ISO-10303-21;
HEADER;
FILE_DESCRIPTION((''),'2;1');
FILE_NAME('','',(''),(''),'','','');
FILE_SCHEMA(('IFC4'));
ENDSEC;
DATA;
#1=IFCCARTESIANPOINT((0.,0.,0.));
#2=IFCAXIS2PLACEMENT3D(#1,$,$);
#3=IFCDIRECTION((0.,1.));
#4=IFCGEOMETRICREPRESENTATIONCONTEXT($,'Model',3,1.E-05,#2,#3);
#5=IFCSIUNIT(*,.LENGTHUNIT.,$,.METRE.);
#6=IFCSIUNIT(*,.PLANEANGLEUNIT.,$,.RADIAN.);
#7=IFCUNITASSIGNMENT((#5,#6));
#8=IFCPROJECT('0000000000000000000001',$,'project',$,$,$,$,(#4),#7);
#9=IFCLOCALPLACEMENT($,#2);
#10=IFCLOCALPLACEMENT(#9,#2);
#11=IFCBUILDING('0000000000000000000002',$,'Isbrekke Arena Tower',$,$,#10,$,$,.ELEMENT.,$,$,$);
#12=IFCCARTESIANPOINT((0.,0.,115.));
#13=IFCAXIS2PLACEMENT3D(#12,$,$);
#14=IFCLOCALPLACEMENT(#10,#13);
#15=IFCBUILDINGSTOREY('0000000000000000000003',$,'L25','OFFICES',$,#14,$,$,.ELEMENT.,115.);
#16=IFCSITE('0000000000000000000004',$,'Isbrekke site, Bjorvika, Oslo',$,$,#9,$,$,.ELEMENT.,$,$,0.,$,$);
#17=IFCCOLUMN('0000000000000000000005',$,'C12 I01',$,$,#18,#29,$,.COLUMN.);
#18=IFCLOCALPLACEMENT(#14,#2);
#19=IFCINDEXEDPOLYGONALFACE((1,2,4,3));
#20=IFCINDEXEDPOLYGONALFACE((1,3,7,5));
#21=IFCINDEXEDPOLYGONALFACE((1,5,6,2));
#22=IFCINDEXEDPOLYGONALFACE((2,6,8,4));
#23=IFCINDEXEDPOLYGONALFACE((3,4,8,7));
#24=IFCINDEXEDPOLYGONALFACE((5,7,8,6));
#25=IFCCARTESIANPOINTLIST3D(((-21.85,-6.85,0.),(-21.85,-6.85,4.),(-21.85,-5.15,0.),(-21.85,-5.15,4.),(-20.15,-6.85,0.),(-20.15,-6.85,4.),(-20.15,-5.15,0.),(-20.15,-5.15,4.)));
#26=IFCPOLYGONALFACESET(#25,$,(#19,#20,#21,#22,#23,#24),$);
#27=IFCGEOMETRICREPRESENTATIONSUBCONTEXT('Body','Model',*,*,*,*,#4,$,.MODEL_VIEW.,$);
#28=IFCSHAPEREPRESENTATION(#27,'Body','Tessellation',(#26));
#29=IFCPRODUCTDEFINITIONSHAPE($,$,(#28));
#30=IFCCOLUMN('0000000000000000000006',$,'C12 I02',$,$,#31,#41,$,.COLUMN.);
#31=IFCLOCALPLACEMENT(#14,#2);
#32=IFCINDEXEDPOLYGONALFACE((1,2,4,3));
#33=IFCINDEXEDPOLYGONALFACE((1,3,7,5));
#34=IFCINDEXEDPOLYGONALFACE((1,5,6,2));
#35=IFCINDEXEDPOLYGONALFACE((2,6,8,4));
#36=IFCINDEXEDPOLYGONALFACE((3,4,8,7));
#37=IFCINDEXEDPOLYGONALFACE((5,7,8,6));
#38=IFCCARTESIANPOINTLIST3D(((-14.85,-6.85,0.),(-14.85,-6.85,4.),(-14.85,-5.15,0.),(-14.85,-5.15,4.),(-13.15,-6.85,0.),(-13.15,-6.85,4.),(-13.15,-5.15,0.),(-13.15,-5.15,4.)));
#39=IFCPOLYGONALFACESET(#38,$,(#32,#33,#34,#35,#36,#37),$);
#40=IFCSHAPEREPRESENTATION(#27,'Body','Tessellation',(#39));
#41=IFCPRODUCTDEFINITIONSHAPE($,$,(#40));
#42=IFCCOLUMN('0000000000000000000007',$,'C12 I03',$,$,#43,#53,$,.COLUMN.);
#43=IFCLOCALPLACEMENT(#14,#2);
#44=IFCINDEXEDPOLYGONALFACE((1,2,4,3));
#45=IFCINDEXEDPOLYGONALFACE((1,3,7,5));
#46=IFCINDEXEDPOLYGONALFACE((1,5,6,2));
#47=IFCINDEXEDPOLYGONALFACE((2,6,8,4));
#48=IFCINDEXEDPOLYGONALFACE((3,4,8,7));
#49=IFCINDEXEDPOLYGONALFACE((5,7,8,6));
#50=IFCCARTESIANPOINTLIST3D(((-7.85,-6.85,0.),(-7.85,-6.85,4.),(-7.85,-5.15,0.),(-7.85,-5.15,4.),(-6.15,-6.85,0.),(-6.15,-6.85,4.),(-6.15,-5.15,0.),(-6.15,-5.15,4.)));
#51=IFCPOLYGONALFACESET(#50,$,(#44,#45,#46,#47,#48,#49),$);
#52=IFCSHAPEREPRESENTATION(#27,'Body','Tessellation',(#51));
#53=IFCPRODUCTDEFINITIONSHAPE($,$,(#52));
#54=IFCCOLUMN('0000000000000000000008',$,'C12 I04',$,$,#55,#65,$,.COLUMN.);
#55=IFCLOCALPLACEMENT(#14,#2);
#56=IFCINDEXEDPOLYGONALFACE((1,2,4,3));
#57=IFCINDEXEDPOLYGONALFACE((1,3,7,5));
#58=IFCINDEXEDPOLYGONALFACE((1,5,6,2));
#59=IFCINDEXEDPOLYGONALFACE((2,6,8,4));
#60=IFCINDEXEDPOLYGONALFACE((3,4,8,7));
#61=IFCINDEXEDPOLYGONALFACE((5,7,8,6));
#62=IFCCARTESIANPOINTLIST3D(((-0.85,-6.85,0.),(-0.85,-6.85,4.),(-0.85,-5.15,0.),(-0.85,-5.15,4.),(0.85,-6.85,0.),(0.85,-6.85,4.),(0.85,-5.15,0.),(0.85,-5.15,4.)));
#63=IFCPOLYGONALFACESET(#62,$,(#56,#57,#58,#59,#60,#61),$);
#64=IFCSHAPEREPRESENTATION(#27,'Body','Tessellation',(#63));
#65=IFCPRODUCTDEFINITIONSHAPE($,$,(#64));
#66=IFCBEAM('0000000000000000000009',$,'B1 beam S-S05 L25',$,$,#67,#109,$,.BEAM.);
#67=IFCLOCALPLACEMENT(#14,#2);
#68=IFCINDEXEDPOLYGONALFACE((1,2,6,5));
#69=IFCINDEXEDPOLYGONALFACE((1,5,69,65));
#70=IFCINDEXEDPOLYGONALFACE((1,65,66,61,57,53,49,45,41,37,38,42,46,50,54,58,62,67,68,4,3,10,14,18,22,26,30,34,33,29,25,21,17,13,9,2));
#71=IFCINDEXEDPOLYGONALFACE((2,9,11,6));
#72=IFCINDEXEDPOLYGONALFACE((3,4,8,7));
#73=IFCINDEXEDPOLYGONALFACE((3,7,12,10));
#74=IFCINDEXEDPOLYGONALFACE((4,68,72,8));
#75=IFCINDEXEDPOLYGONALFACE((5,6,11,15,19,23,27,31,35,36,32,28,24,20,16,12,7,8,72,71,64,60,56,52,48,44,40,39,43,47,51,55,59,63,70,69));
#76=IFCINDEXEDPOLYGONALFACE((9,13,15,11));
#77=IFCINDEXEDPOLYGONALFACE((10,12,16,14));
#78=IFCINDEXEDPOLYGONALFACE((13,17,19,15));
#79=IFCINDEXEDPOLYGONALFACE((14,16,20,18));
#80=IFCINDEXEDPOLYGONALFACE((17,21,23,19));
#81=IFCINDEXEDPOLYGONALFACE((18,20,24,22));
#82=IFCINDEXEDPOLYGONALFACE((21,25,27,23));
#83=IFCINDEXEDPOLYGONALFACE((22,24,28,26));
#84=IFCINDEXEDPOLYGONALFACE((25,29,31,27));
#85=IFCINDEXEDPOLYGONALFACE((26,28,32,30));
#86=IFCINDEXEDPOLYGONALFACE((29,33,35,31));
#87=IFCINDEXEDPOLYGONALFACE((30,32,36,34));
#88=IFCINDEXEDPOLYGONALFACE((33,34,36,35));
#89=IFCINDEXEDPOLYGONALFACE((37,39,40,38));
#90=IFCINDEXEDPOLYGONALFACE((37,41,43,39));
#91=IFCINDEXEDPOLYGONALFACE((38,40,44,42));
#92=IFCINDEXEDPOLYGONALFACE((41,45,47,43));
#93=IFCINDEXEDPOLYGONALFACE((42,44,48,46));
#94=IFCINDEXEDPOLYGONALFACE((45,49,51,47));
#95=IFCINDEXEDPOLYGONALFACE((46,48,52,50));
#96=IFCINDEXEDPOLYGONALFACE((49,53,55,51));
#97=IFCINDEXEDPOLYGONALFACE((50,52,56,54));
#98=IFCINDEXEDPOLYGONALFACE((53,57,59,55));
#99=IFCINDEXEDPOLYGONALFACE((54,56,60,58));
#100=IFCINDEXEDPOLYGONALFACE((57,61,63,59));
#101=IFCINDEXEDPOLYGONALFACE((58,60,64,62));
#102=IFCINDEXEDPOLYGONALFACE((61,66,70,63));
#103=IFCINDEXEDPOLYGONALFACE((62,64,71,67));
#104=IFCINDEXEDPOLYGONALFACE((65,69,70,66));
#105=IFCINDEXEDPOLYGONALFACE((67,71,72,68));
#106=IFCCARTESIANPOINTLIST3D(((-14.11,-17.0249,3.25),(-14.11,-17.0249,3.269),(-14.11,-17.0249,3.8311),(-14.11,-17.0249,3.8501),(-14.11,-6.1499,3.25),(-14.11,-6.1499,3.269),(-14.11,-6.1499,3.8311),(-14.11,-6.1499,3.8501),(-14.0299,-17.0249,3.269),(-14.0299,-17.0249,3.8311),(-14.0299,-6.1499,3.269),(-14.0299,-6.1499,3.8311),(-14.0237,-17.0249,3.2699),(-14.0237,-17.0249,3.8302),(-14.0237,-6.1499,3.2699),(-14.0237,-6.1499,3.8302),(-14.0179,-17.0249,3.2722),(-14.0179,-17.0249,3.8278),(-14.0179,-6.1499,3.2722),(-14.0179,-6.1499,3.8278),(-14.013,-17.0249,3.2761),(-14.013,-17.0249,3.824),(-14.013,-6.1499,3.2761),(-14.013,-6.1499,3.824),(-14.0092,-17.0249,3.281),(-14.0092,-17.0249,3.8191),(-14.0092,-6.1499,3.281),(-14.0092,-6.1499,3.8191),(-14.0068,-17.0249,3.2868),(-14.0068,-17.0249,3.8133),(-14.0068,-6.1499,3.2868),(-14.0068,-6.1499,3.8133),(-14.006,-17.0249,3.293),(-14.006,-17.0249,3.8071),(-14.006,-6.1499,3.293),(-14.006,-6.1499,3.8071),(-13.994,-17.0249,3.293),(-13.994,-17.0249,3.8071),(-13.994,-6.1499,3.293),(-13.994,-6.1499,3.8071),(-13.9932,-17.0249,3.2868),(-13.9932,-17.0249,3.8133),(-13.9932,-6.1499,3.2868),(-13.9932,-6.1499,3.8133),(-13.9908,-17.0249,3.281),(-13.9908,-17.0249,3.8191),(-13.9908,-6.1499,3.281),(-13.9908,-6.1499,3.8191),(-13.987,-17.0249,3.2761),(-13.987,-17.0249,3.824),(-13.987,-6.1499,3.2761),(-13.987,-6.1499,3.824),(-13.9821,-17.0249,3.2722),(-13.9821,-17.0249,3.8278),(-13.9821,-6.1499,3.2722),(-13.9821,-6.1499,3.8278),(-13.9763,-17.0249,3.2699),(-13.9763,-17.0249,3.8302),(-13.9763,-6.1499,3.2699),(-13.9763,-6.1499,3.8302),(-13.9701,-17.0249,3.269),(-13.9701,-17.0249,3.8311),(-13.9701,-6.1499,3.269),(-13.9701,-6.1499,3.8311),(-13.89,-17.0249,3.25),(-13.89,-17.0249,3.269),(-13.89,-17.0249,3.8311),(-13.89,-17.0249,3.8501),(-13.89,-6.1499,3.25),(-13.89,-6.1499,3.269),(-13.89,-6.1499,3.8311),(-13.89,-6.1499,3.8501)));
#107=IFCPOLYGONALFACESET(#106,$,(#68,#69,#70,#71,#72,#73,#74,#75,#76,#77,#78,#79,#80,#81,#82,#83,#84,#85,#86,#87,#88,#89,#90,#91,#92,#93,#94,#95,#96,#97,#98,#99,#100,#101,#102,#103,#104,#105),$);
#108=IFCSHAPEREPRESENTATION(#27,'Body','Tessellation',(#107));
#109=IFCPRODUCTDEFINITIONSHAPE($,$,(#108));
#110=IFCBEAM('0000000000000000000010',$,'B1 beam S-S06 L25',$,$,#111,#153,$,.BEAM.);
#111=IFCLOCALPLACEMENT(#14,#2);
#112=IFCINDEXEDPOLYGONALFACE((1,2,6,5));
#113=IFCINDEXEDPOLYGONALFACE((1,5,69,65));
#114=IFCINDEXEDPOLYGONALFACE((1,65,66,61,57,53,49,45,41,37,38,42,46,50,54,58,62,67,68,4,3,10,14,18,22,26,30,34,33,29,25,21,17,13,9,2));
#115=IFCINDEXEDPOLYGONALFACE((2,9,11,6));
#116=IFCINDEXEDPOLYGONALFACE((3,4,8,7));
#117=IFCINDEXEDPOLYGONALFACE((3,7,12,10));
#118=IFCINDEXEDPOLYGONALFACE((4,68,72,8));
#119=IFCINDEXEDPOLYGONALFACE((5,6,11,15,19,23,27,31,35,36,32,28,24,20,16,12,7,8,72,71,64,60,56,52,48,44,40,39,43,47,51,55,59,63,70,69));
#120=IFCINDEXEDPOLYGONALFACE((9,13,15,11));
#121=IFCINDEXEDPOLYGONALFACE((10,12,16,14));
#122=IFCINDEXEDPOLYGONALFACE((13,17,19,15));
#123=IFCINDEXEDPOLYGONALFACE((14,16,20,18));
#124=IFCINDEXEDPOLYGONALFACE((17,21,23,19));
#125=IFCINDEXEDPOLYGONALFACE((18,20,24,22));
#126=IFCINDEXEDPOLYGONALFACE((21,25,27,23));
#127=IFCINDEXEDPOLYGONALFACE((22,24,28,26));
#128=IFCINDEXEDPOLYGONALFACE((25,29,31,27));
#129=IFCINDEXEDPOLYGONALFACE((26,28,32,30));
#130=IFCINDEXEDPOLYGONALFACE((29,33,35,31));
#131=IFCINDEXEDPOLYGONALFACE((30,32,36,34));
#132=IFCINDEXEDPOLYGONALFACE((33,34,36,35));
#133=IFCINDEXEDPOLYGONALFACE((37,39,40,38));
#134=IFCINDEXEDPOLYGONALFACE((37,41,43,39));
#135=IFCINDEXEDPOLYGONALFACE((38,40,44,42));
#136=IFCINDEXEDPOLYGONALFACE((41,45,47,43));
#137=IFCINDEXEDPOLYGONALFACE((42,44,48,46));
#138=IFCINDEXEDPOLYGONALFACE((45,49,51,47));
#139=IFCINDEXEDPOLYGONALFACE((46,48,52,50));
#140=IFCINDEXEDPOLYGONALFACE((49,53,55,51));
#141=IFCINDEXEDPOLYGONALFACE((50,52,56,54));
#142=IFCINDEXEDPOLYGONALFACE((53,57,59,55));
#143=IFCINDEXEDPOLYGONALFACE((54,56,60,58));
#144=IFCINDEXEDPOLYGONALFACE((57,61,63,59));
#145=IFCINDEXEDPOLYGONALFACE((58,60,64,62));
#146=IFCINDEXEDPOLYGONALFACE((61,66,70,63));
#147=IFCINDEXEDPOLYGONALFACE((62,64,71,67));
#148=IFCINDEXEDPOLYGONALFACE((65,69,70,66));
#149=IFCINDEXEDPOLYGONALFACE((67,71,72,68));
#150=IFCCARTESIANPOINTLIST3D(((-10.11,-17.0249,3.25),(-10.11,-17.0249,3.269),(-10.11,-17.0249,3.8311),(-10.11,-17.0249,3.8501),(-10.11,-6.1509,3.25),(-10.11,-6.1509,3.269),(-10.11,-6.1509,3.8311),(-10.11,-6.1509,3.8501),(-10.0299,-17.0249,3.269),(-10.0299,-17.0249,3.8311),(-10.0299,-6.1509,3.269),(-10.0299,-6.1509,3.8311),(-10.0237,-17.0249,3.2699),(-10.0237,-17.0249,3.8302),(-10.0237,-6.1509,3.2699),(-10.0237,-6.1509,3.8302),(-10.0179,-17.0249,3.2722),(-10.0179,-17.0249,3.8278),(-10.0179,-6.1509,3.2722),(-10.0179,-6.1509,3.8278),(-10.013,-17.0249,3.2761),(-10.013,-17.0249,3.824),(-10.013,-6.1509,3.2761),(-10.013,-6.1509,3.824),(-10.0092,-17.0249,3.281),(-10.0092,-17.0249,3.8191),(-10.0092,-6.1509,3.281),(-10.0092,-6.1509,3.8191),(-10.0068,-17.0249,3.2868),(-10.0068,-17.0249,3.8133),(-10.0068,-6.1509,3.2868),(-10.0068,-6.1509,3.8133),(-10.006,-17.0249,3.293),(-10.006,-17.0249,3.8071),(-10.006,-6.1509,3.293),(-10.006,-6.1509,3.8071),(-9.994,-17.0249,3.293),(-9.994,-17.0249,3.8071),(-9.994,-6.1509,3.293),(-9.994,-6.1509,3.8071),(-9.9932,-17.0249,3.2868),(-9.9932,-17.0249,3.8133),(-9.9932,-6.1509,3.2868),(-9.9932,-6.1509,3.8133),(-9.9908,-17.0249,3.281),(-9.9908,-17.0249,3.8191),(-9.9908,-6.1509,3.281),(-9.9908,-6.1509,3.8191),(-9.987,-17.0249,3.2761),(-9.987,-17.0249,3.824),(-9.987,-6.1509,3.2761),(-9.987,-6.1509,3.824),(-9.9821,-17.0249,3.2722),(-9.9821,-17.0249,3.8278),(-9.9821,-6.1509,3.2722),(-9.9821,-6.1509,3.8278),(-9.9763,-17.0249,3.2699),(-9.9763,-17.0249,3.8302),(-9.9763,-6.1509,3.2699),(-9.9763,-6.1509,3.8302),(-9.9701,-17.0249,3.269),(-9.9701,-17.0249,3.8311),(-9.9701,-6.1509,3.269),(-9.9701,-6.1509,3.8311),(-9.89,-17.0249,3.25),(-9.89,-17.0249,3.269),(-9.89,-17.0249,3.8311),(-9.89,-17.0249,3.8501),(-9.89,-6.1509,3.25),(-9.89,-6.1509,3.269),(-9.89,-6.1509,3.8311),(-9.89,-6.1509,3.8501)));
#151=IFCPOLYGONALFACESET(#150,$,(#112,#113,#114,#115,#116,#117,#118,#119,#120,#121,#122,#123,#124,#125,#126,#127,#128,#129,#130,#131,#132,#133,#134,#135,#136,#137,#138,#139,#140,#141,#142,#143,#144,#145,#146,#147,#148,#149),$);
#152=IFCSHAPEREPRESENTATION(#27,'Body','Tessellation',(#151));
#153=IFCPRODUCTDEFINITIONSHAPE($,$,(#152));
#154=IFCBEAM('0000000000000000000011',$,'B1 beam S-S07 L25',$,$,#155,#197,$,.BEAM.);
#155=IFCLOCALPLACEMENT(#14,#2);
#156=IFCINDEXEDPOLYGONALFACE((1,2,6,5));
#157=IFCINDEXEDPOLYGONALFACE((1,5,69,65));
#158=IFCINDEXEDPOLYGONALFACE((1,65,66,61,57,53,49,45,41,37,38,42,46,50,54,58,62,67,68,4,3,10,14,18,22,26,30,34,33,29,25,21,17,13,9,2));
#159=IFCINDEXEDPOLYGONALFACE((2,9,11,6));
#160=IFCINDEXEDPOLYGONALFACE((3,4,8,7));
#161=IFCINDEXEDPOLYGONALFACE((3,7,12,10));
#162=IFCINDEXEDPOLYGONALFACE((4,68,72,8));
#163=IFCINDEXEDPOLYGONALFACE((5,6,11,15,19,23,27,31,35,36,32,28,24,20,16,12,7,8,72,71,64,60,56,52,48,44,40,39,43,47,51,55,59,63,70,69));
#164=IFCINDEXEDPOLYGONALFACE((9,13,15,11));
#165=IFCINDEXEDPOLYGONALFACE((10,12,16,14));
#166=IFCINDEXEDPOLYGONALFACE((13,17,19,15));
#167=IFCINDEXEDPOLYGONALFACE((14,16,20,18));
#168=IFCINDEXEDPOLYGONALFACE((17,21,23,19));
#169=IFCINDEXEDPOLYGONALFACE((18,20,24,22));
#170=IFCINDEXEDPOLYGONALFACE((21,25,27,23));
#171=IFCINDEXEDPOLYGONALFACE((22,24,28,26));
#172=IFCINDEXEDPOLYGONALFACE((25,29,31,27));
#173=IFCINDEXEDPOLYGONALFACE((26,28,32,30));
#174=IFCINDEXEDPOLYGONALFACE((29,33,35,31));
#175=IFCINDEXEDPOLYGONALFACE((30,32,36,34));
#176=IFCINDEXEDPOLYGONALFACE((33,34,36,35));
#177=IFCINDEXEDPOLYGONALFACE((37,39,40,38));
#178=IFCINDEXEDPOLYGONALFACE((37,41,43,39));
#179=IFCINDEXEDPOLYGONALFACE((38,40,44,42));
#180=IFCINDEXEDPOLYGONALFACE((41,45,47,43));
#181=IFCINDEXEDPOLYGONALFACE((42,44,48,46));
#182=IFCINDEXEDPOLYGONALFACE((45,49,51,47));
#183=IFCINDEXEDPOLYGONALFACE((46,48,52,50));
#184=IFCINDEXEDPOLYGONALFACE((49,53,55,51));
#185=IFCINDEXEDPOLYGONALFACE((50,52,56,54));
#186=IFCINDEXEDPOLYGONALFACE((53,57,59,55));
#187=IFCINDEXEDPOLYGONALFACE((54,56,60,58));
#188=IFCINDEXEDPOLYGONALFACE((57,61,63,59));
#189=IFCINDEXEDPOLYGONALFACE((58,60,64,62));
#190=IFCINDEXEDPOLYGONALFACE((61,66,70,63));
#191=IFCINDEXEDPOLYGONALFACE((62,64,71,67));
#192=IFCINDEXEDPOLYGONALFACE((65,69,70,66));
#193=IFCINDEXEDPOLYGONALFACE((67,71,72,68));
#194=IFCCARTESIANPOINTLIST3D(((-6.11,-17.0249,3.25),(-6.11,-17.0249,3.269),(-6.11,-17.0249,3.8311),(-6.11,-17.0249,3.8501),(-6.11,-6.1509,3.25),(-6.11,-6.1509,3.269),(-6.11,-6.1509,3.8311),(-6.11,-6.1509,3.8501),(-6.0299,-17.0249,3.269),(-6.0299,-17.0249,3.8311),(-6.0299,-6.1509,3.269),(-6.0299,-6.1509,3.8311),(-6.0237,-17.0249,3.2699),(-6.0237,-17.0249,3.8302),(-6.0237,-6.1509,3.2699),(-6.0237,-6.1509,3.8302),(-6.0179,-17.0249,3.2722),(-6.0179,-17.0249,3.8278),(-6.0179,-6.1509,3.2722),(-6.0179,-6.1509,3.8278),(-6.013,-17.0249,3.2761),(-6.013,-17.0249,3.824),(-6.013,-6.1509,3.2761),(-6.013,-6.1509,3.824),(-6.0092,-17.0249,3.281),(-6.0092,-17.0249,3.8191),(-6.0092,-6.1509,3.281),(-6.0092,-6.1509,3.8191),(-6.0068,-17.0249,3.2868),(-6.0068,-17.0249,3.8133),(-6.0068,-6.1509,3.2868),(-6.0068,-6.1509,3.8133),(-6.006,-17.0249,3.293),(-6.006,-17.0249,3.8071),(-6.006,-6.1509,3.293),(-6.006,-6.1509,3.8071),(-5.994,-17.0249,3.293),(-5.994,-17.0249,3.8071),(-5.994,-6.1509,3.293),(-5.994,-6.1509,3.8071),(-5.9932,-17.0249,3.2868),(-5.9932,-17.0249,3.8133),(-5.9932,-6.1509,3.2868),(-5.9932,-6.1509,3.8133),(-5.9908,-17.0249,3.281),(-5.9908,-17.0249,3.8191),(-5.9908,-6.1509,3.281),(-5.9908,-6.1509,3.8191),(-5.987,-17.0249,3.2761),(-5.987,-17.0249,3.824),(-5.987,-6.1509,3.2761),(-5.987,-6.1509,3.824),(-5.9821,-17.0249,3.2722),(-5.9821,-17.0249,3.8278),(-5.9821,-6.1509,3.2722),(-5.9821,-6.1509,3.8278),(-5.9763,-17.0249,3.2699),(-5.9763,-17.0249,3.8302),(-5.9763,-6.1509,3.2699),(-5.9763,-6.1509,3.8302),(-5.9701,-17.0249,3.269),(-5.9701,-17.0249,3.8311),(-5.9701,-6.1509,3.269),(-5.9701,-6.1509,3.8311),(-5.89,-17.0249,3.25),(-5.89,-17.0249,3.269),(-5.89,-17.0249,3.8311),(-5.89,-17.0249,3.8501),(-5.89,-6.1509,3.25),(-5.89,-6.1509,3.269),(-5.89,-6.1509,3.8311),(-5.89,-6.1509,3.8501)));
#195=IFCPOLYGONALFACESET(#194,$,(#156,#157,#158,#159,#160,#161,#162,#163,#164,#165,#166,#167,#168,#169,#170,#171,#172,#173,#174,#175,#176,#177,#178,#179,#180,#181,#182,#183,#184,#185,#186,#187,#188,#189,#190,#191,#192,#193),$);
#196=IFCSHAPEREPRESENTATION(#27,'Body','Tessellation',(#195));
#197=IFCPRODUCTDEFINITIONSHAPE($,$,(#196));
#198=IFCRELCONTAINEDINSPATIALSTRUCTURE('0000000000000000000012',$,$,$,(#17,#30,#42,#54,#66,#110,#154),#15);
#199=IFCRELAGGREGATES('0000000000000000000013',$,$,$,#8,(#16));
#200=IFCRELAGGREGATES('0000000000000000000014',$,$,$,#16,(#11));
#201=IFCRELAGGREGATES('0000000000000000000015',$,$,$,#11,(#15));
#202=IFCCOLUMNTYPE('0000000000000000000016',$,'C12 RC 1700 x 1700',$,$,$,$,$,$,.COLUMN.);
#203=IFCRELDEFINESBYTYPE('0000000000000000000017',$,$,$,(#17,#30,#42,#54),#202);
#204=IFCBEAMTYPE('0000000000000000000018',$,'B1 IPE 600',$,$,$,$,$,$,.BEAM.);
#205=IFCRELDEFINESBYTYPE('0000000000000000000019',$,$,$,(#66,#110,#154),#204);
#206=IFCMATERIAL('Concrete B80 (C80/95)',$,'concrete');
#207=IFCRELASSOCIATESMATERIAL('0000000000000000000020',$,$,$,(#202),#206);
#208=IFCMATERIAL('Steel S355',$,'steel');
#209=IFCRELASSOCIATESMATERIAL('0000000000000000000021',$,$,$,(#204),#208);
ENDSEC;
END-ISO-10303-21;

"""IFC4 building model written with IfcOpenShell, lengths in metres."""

from ifc_helpers import new_model, si_unit, direction, frame, origin, origin_2d, place, context, subcontext, project, spatial, rectangle, i_section, extrude, material, material_profile, profile_set, type_object, element, save


model = new_model("IFC4")

# Units and contexts
model_context = context("Model", 3, precision=1e-05, world=origin(), true_north=direction((0.0, 1.0)))
body_context = subcontext(model_context, "Body", "Model", "MODEL_VIEW")
ifc_project = project(units=[si_unit("LENGTHUNIT", "METRE"), si_unit("PLANEANGLEUNIT", "RADIAN")], contexts=[model_context])

# Site, building, storey
site_placement = place(None, origin())
site = spatial("IfcSite", under=ifc_project, at=site_placement, Name="Isbrekke site, Bjorvika, Oslo", CompositionType="ELEMENT", RefElevation=0.0)
building_placement = place(site_placement, origin())
building = spatial("IfcBuilding", under=site, at=building_placement, Name="Isbrekke Arena Tower", CompositionType="ELEMENT")
storey_placement = place(building_placement, frame((0.0, 0.0, 115.0)))
storey = spatial("IfcBuildingStorey", under=building, at=storey_placement, Name="L25", Description="OFFICES", CompositionType="ELEMENT", Elevation=115.0)

# Columns
ifc_material_1 = material(Name="Concrete B80 (C80/95)", Category="concrete")
ifc_material_profile_1 = material_profile(ifc_material_1, rectangle(XDim=1.7, YDim=1.7, at=origin_2d()), Name="RC 1700x1700")
ifc_profile_set_1 = profile_set([ifc_material_profile_1], Name="Concrete B80 (C80/95)")
column_type = type_object("IfcColumnType", Name="C12 RC 1700 x 1700", PredefinedType="COLUMN", material=ifc_profile_set_1)
for number, where, z_axis, x_axis, name in (
    (1, (-21.0, -6.0, 0.0), (0.0, 0.0, 1.0), (1.0, 0.0, 0.0), "C12 I01"),
    (2, (-14.0, -6.0, 0.0), (0.0, 0.0, 1.0), (1.0, 0.0, 0.0), "C12 I02"),
    (3, (-7.0, -6.0, 0.0), (0.0, 0.0, 1.0), (1.0, 0.0, 0.0), "C12 I03"),
    (4, (0.0, -6.0, 0.0), (0.0, 0.0, 1.0), (1.0, 0.0, 0.0), "C12 I04"),
):
    element("IfcColumn", number, at=place(storey_placement, frame(where, z_axis=z_axis, x_axis=x_axis)), inside=storey, type_object=column_type, Name=name, PredefinedType="COLUMN", context=body_context, shape_type="SweptSolid", body=[
        extrude(rectangle(XDim=1.7, YDim=1.7, at=origin_2d()), origin(), (0.0, 0.0, 1.0), 4.0),
    ])

# Beams
ifc_material_2 = material(Name="Steel S355", Category="steel")
ifc_material_profile_2 = material_profile(ifc_material_2, i_section(OverallWidth=0.22, OverallDepth=0.6001, WebThickness=0.012, FlangeThickness=0.019, FilletRadius=0.0239, at=origin_2d()), Name="IPE 600")
ifc_profile_set_2 = profile_set([ifc_material_profile_2], Name="Steel S355")
beam_type_1 = type_object("IfcBeamType", Name="B1 IPE 600", PredefinedType="BEAM", material=ifc_profile_set_2)
beam_1_placement = place(storey_placement, frame((-14.0, -17.0249, 3.55), z_axis=(0.0, 1.0, 0.0), x_axis=(-1.0, 0.0, 0.0)))
element("IfcBeam", 5, at=beam_1_placement, inside=storey, type_object=beam_type_1, Name="B1 beam S-S05 L25", PredefinedType="BEAM", context=body_context, shape_type="SweptSolid", body=[
    extrude(i_section(OverallWidth=0.22, OverallDepth=0.6001, WebThickness=0.012, FlangeThickness=0.019, FilletRadius=0.0239, at=origin_2d()), origin(), (0.0, 0.0, 1.0), 10.875),
])
for number, where, z_axis, x_axis, name in (
    (6, (-10.0, -17.0249, 3.55), (0.0, 1.0, 0.0), (-1.0, 0.0, 0.0), "B1 beam S-S06 L25"),
    (7, (-6.0, -17.0249, 3.55), (0.0, 1.0, 0.0), (-1.0, 0.0, 0.0), "B1 beam S-S07 L25"),
):
    element("IfcBeam", number, at=place(storey_placement, frame(where, z_axis=z_axis, x_axis=x_axis)), inside=storey, type_object=beam_type_1, Name=name, PredefinedType="BEAM", context=body_context, shape_type="SweptSolid", body=[
        extrude(i_section(OverallWidth=0.22, OverallDepth=0.6001, WebThickness=0.012, FlangeThickness=0.019, FilletRadius=0.0239, at=origin_2d()), origin(), (0.0, 0.0, 1.0), 10.874),
    ])

save(model, "model.ifc")
